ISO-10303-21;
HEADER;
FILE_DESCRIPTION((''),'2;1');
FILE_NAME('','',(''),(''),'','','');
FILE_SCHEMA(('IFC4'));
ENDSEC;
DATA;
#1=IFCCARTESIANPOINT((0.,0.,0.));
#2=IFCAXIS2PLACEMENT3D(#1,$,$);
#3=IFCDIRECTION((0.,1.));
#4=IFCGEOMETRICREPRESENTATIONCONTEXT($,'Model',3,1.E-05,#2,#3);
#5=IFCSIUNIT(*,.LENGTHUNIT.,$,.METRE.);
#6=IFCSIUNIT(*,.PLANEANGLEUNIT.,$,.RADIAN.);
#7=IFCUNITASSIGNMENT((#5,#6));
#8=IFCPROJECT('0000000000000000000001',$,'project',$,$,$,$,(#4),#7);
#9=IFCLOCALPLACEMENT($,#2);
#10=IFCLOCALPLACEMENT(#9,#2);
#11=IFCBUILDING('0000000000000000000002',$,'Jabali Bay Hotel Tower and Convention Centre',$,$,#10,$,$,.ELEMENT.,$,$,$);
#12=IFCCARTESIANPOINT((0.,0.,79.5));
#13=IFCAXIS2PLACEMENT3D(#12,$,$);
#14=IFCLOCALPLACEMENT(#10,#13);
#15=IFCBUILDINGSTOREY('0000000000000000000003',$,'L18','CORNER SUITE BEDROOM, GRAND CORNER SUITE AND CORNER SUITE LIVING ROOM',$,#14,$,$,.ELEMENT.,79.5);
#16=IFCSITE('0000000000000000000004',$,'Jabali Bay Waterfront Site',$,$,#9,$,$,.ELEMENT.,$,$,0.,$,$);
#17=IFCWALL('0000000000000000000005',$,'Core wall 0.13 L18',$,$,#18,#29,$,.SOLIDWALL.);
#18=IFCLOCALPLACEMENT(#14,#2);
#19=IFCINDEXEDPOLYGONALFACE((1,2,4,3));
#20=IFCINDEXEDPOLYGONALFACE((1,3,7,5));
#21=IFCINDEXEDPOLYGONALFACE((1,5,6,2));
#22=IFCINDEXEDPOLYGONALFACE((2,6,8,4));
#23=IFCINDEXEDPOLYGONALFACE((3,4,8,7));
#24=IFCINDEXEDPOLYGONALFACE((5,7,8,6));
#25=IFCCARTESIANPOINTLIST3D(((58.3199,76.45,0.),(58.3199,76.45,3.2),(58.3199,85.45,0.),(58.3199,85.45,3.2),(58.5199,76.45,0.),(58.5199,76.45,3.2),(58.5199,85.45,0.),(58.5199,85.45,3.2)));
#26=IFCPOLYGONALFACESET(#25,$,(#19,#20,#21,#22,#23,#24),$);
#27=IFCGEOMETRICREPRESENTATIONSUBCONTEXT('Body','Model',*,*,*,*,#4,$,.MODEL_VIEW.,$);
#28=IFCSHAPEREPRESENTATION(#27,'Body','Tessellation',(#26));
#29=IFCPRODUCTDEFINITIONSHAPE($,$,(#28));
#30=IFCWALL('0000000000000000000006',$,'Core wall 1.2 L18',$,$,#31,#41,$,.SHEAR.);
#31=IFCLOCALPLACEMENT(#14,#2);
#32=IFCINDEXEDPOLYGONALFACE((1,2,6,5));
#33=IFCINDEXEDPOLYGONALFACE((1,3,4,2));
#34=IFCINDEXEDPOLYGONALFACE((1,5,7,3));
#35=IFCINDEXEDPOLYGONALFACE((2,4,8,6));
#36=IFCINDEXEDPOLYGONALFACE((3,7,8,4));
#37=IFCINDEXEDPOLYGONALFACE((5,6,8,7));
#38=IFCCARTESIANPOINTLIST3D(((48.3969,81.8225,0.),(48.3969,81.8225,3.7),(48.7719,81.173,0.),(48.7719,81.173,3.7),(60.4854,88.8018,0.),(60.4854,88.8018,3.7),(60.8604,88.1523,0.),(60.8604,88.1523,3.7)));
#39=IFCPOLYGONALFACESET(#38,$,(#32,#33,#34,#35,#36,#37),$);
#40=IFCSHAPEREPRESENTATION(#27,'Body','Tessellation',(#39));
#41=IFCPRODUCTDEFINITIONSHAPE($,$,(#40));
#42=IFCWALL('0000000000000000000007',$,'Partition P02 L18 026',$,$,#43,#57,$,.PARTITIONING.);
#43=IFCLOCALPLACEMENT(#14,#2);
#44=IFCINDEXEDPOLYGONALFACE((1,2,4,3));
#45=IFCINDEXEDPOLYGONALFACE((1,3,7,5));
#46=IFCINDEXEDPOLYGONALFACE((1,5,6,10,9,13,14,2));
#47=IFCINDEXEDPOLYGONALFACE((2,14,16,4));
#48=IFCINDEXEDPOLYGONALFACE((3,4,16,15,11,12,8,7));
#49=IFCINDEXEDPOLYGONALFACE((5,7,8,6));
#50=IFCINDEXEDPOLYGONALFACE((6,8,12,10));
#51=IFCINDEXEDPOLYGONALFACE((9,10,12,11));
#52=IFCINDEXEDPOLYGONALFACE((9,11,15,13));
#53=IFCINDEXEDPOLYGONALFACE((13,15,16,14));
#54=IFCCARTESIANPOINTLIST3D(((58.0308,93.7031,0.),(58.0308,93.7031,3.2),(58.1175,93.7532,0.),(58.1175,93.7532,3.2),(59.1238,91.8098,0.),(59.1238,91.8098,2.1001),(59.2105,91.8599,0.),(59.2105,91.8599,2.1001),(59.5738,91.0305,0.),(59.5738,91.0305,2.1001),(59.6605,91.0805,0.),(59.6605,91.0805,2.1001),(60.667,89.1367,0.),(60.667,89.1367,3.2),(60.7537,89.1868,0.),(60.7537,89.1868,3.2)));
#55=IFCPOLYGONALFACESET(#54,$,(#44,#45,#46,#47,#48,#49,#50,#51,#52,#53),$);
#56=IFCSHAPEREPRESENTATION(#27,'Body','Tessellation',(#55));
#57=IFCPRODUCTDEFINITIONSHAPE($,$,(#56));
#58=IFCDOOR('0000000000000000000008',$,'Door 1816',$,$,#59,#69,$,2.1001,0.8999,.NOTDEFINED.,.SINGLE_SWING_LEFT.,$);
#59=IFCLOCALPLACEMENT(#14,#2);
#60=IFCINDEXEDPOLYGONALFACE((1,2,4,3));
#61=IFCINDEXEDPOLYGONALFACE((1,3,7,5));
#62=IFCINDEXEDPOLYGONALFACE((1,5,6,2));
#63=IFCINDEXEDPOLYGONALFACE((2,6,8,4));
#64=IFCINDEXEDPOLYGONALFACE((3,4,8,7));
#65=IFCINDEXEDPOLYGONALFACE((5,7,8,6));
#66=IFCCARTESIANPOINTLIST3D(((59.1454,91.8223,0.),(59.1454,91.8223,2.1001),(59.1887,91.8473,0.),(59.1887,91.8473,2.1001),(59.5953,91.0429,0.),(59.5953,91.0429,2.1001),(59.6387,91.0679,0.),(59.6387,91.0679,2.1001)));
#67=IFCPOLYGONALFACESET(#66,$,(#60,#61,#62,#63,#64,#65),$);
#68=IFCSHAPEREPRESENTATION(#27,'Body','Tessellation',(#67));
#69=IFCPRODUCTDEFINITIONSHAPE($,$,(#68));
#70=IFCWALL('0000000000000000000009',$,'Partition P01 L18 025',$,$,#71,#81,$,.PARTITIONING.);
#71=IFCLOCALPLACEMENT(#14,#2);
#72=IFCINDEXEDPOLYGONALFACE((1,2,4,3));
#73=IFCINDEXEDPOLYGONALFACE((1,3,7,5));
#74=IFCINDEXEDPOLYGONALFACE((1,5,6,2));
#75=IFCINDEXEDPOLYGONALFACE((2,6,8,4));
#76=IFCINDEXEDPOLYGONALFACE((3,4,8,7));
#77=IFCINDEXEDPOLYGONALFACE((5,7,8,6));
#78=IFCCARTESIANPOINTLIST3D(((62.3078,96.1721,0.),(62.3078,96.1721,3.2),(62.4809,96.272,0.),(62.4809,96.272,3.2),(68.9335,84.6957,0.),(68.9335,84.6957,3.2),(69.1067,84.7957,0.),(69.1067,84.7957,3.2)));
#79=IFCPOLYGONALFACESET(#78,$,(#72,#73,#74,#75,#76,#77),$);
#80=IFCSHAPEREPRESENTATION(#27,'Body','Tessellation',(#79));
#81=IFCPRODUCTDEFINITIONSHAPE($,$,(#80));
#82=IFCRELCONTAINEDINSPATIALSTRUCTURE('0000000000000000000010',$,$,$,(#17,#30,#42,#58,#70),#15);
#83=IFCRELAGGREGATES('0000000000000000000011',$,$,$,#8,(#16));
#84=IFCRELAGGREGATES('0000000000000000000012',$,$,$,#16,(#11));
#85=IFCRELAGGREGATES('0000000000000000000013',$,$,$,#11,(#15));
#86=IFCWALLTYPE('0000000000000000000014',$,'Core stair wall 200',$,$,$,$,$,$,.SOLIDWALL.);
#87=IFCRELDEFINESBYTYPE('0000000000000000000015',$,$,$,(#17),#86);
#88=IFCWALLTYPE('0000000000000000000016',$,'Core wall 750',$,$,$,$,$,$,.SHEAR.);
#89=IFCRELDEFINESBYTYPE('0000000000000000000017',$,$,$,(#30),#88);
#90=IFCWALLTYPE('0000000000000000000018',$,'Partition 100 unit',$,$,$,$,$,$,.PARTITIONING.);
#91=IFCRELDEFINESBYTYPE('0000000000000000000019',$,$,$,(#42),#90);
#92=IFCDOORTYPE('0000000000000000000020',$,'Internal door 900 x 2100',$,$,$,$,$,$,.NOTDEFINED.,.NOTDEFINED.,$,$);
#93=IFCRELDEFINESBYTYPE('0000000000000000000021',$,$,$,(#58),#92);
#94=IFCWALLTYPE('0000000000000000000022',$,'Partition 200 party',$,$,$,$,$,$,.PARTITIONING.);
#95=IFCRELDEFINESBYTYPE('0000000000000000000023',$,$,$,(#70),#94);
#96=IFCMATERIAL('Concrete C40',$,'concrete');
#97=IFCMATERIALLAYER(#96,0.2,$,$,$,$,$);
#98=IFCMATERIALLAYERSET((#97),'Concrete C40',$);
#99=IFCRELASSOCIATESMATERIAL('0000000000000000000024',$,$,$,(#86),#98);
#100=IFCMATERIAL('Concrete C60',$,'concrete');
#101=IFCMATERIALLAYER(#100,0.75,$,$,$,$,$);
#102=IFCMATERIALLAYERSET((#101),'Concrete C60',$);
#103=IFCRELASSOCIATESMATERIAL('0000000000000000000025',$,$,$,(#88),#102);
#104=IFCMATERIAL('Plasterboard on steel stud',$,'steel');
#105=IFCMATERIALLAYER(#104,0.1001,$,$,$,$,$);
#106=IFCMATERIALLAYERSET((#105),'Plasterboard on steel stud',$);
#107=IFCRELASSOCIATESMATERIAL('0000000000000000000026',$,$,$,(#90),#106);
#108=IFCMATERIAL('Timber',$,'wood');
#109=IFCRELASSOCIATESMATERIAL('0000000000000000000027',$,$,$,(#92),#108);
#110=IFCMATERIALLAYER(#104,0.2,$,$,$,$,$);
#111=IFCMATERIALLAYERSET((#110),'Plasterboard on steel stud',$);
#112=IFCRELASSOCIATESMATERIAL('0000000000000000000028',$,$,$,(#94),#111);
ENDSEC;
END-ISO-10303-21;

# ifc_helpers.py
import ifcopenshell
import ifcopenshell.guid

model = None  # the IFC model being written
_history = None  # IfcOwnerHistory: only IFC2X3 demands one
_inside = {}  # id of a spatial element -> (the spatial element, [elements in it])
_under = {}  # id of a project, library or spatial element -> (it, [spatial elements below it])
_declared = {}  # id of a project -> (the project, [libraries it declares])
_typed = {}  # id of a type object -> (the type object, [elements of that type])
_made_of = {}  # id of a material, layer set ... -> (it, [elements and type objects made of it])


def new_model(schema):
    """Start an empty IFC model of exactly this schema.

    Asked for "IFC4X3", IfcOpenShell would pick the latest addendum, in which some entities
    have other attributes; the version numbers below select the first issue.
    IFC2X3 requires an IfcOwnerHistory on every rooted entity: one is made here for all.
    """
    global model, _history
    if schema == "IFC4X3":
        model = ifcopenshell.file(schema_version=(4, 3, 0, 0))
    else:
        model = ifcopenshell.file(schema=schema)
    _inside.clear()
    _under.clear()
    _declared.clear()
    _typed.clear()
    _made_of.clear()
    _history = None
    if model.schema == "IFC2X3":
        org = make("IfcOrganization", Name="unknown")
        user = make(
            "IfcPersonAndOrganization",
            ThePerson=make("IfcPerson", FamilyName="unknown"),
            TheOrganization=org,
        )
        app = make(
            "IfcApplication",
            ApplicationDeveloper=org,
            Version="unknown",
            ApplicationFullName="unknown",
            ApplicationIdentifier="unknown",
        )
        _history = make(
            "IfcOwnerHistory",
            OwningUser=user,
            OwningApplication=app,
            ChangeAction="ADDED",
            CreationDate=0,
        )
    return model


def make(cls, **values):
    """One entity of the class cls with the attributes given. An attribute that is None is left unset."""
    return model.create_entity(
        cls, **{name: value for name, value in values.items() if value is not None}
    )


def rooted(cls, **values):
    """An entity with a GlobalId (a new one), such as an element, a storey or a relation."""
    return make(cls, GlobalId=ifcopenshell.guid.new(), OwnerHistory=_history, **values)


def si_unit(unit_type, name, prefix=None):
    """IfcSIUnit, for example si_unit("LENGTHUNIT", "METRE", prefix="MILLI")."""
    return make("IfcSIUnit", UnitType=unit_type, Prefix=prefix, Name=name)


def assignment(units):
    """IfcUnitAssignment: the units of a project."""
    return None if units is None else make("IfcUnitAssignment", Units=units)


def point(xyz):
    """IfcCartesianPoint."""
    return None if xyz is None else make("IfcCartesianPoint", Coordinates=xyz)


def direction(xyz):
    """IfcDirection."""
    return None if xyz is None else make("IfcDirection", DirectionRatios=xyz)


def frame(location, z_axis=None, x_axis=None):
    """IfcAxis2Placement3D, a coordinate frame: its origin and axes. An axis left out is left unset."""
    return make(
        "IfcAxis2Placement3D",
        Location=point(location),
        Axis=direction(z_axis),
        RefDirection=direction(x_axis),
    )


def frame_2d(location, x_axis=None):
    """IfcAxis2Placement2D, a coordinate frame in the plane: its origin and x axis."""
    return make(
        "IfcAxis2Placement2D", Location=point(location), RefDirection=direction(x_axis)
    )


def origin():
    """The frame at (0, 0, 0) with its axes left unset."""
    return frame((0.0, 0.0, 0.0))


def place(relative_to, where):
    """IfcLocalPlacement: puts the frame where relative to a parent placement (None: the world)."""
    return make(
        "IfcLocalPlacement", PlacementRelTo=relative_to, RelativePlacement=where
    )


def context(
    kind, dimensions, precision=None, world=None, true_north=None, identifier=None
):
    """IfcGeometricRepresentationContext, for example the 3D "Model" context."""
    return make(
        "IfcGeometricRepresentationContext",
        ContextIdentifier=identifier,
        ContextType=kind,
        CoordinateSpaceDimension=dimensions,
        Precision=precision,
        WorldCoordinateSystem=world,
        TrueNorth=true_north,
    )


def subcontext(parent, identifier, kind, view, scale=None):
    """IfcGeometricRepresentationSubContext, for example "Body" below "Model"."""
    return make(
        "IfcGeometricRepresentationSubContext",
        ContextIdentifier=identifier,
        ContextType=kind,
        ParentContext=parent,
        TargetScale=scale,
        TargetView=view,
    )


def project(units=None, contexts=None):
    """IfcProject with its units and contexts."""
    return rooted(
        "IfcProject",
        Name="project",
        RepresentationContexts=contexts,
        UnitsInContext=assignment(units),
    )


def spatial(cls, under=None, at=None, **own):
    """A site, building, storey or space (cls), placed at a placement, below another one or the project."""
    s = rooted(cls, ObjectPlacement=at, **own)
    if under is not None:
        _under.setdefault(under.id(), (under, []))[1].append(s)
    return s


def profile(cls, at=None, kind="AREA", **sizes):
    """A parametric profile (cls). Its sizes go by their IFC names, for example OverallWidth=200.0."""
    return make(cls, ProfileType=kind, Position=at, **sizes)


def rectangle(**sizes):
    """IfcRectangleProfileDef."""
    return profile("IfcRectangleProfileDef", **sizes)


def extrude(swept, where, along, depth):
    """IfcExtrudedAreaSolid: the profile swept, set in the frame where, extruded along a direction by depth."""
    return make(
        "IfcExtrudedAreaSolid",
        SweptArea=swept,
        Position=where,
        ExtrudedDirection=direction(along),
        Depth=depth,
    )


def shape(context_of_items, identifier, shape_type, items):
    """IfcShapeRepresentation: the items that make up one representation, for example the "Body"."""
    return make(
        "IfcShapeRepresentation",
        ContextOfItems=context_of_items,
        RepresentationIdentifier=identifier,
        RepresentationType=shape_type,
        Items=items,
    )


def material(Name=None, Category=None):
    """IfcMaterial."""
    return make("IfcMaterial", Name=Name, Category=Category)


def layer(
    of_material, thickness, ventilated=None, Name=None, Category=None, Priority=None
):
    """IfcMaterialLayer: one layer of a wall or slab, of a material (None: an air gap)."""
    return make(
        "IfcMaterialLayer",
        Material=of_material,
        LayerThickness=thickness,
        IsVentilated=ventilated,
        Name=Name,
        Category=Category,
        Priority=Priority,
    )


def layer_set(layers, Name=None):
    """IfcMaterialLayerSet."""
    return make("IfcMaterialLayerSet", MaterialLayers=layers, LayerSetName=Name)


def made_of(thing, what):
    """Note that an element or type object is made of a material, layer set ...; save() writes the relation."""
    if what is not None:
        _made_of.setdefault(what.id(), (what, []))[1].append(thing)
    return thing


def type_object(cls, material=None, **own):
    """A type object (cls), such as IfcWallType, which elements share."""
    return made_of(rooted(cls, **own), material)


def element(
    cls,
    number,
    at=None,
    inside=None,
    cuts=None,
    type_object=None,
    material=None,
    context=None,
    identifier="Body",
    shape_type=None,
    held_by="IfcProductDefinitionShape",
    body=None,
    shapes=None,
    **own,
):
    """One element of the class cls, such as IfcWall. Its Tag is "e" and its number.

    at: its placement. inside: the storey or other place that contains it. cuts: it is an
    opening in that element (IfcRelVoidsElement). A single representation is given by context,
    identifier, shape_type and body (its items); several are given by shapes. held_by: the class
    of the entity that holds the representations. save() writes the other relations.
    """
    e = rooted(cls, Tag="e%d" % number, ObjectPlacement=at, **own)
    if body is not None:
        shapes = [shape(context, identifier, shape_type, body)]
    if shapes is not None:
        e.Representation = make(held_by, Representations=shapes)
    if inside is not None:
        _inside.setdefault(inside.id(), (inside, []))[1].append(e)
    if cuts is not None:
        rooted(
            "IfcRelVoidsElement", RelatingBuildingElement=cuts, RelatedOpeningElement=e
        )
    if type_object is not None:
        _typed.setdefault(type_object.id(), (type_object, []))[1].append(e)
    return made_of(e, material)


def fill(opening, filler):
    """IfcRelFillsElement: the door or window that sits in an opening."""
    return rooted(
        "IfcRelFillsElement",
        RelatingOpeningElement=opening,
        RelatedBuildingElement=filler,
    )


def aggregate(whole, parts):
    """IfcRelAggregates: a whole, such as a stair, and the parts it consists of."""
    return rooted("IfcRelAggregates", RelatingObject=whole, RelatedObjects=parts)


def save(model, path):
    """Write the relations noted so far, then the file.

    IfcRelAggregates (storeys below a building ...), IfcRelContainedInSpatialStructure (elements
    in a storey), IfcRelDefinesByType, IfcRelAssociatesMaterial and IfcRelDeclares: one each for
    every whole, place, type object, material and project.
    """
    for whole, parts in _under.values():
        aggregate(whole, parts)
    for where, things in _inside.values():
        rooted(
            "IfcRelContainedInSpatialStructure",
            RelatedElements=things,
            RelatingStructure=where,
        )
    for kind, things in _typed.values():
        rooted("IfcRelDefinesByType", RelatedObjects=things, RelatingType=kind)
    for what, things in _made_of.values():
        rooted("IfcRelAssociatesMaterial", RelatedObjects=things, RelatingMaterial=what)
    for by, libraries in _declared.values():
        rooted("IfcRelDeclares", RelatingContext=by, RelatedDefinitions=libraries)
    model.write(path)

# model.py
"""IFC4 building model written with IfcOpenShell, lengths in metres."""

from ifc_helpers import new_model, si_unit, direction, frame, frame_2d, origin, place, context, subcontext, project, spatial, rectangle, extrude, material, layer, layer_set, type_object, element, fill, save


model = new_model("IFC4")

# Units and contexts
model_context = context("Model", 3, precision=1e-05, world=origin(), true_north=direction((0.0, 1.0)))
body_context = subcontext(model_context, "Body", "Model", "MODEL_VIEW")
ifc_project = project(units=[si_unit("LENGTHUNIT", "METRE"), si_unit("PLANEANGLEUNIT", "RADIAN")], contexts=[model_context])

# Site, building, storey
site_placement = place(None, origin())
site = spatial("IfcSite", under=ifc_project, at=site_placement, Name="Jabali Bay Waterfront Site", CompositionType="ELEMENT", RefElevation=0.0)
building_placement = place(site_placement, origin())
building = spatial("IfcBuilding", under=site, at=building_placement, Name="Jabali Bay Hotel Tower and Convention Centre", CompositionType="ELEMENT")
storey_placement = place(building_placement, frame((0.0, 0.0, 79.5)))
storey = spatial("IfcBuildingStorey", under=building, at=storey_placement, Name="L18", Description="CORNER SUITE BEDROOM, GRAND CORNER SUITE AND CORNER SUITE LIVING ROOM", CompositionType="ELEMENT", Elevation=79.5)

# Shared definitions
ifc_material_1 = material(Name="Concrete C40", Category="concrete")

# Shared definitions
ifc_layer_1 = layer(ifc_material_1, 0.2)
ifc_layer_set_1 = layer_set([ifc_layer_1], Name="Concrete C40")
wall_type_1 = type_object("IfcWallType", Name="Core stair wall 200", PredefinedType="SOLIDWALL", material=ifc_layer_set_1)

# Walls
wall_1_placement = place(storey_placement, frame((58.4199, 85.45, 0.0), z_axis=(0.0, 0.0, 1.0), x_axis=(0.0, -1.0, 0.0)))
element("IfcWall", 1, at=wall_1_placement, inside=storey, type_object=wall_type_1, Name="Core wall 0.13 L18", PredefinedType="SOLIDWALL", context=body_context, shape_type="SweptSolid", body=[
    extrude(rectangle(XDim=9.0, YDim=0.2, at=frame_2d((4.5, 0.0))), origin(), (0.0, 0.0, 1.0), 3.2),
])
ifc_material_2 = material(Name="Concrete C60", Category="concrete")
ifc_layer_2 = layer(ifc_material_2, 0.75)
ifc_layer_set_2 = layer_set([ifc_layer_2], Name="Concrete C60")
wall_type_2 = type_object("IfcWallType", Name="Core wall 750", PredefinedType="SHEAR", material=ifc_layer_set_2)
wall_2_placement = place(storey_placement, frame((60.6729, 88.4771, 0.0), z_axis=(0.0, 0.0, 1.0), x_axis=(-0.866025, -0.500001, 0.0)))
element("IfcWall", 2, at=wall_2_placement, inside=storey, type_object=wall_type_2, Name="Core wall 1.2 L18", PredefinedType="SHEAR", context=body_context, shape_type="SweptSolid", body=[
    extrude(rectangle(XDim=13.9585, YDim=0.75, at=frame_2d((6.9792, 0.0))), origin(), (0.0, 0.0, 1.0), 3.7),
])

# Wall, opening, door
ifc_material_3 = material(Name="Plasterboard on steel stud", Category="steel")
ifc_layer_3 = layer(ifc_material_3, 0.1001)
ifc_layer_set_3 = layer_set([ifc_layer_3], Name="Plasterboard on steel stud")
wall_type_3 = type_object("IfcWallType", Name="Partition 100 unit", PredefinedType="PARTITIONING", material=ifc_layer_set_3)
wall_3_placement = place(storey_placement, frame((58.0742, 93.728, 0.0), z_axis=(0.0, 0.0, 1.0), x_axis=(0.499974, -0.866041, 0.0)))
wall_3 = element("IfcWall", 3, at=wall_3_placement, inside=storey, type_object=wall_type_3, Name="Partition P02 L18 026", PredefinedType="PARTITIONING", context=body_context, shape_type="SweptSolid", body=[
    extrude(rectangle(XDim=5.2727, YDim=0.1001, at=frame_2d((2.6362, 0.0))), origin(), (0.0, 0.0, 1.0), 3.2),
])
opening_1_placement = place(wall_3_placement, frame((2.186, 0.0, 0.0)))
opening_1 = element("IfcOpeningElement", 4, at=opening_1_placement, cuts=wall_3, PredefinedType="OPENING", context=body_context, shape_type="SweptSolid", body=[
    extrude(rectangle(XDim=0.8999, YDim=2.1001, at=frame_2d((0.45, 1.05))), frame((0.0, 0.0605, 0.0), z_axis=(0.0, -1.0, 0.0), x_axis=(1.0, 0.0, 0.0)), (0.0, 0.0, 1.0), 0.1211),
])
ifc_material_4 = material(Name="Timber", Category="wood")
door_type_1 = type_object("IfcDoorType", Name="Internal door 900 x 2100", OperationType="NOTDEFINED", PredefinedType="NOTDEFINED", material=ifc_material_4)
door_1_placement = place(opening_1_placement, origin())
door_1 = element("IfcDoor", 5, at=door_1_placement, inside=storey, type_object=door_type_1, Name="Door 1816", OperationType="SINGLE_SWING_LEFT", OverallHeight=2.1001, OverallWidth=0.8999, PredefinedType="NOTDEFINED", context=body_context, shape_type="SweptSolid", body=[
    extrude(rectangle(XDim=0.8999, YDim=2.1001, at=frame_2d((0.45, 1.05))), frame((0.0, 0.0249, 0.0), z_axis=(0.0, -1.0, 0.0), x_axis=(1.0, 0.0, 0.0)), (0.0, 0.0, 1.0), 0.05),
])
fill(opening_1, door_1)

# Wall
ifc_layer_4 = layer(ifc_material_3, 0.2)
ifc_layer_set_4 = layer_set([ifc_layer_4], Name="Plasterboard on steel stud")
wall_type_4 = type_object("IfcWallType", Name="Partition 200 party", PredefinedType="PARTITIONING", material=ifc_layer_set_4)
wall_4_placement = place(storey_placement, frame((62.3943, 96.2222, 0.0), z_axis=(0.0, 0.0, 1.0), x_axis=(0.499993, -0.866029, 0.0)))
element("IfcWall", 6, at=wall_4_placement, inside=storey, type_object=wall_type_4, Name="Partition P01 L18 025", PredefinedType="PARTITIONING", context=body_context, shape_type="SweptSolid", body=[
    extrude(rectangle(XDim=13.2517, YDim=0.2, at=frame_2d((6.626, 0.0))), origin(), (0.0, 0.0, 1.0), 3.2),
])

save(model, "model.ifc")
